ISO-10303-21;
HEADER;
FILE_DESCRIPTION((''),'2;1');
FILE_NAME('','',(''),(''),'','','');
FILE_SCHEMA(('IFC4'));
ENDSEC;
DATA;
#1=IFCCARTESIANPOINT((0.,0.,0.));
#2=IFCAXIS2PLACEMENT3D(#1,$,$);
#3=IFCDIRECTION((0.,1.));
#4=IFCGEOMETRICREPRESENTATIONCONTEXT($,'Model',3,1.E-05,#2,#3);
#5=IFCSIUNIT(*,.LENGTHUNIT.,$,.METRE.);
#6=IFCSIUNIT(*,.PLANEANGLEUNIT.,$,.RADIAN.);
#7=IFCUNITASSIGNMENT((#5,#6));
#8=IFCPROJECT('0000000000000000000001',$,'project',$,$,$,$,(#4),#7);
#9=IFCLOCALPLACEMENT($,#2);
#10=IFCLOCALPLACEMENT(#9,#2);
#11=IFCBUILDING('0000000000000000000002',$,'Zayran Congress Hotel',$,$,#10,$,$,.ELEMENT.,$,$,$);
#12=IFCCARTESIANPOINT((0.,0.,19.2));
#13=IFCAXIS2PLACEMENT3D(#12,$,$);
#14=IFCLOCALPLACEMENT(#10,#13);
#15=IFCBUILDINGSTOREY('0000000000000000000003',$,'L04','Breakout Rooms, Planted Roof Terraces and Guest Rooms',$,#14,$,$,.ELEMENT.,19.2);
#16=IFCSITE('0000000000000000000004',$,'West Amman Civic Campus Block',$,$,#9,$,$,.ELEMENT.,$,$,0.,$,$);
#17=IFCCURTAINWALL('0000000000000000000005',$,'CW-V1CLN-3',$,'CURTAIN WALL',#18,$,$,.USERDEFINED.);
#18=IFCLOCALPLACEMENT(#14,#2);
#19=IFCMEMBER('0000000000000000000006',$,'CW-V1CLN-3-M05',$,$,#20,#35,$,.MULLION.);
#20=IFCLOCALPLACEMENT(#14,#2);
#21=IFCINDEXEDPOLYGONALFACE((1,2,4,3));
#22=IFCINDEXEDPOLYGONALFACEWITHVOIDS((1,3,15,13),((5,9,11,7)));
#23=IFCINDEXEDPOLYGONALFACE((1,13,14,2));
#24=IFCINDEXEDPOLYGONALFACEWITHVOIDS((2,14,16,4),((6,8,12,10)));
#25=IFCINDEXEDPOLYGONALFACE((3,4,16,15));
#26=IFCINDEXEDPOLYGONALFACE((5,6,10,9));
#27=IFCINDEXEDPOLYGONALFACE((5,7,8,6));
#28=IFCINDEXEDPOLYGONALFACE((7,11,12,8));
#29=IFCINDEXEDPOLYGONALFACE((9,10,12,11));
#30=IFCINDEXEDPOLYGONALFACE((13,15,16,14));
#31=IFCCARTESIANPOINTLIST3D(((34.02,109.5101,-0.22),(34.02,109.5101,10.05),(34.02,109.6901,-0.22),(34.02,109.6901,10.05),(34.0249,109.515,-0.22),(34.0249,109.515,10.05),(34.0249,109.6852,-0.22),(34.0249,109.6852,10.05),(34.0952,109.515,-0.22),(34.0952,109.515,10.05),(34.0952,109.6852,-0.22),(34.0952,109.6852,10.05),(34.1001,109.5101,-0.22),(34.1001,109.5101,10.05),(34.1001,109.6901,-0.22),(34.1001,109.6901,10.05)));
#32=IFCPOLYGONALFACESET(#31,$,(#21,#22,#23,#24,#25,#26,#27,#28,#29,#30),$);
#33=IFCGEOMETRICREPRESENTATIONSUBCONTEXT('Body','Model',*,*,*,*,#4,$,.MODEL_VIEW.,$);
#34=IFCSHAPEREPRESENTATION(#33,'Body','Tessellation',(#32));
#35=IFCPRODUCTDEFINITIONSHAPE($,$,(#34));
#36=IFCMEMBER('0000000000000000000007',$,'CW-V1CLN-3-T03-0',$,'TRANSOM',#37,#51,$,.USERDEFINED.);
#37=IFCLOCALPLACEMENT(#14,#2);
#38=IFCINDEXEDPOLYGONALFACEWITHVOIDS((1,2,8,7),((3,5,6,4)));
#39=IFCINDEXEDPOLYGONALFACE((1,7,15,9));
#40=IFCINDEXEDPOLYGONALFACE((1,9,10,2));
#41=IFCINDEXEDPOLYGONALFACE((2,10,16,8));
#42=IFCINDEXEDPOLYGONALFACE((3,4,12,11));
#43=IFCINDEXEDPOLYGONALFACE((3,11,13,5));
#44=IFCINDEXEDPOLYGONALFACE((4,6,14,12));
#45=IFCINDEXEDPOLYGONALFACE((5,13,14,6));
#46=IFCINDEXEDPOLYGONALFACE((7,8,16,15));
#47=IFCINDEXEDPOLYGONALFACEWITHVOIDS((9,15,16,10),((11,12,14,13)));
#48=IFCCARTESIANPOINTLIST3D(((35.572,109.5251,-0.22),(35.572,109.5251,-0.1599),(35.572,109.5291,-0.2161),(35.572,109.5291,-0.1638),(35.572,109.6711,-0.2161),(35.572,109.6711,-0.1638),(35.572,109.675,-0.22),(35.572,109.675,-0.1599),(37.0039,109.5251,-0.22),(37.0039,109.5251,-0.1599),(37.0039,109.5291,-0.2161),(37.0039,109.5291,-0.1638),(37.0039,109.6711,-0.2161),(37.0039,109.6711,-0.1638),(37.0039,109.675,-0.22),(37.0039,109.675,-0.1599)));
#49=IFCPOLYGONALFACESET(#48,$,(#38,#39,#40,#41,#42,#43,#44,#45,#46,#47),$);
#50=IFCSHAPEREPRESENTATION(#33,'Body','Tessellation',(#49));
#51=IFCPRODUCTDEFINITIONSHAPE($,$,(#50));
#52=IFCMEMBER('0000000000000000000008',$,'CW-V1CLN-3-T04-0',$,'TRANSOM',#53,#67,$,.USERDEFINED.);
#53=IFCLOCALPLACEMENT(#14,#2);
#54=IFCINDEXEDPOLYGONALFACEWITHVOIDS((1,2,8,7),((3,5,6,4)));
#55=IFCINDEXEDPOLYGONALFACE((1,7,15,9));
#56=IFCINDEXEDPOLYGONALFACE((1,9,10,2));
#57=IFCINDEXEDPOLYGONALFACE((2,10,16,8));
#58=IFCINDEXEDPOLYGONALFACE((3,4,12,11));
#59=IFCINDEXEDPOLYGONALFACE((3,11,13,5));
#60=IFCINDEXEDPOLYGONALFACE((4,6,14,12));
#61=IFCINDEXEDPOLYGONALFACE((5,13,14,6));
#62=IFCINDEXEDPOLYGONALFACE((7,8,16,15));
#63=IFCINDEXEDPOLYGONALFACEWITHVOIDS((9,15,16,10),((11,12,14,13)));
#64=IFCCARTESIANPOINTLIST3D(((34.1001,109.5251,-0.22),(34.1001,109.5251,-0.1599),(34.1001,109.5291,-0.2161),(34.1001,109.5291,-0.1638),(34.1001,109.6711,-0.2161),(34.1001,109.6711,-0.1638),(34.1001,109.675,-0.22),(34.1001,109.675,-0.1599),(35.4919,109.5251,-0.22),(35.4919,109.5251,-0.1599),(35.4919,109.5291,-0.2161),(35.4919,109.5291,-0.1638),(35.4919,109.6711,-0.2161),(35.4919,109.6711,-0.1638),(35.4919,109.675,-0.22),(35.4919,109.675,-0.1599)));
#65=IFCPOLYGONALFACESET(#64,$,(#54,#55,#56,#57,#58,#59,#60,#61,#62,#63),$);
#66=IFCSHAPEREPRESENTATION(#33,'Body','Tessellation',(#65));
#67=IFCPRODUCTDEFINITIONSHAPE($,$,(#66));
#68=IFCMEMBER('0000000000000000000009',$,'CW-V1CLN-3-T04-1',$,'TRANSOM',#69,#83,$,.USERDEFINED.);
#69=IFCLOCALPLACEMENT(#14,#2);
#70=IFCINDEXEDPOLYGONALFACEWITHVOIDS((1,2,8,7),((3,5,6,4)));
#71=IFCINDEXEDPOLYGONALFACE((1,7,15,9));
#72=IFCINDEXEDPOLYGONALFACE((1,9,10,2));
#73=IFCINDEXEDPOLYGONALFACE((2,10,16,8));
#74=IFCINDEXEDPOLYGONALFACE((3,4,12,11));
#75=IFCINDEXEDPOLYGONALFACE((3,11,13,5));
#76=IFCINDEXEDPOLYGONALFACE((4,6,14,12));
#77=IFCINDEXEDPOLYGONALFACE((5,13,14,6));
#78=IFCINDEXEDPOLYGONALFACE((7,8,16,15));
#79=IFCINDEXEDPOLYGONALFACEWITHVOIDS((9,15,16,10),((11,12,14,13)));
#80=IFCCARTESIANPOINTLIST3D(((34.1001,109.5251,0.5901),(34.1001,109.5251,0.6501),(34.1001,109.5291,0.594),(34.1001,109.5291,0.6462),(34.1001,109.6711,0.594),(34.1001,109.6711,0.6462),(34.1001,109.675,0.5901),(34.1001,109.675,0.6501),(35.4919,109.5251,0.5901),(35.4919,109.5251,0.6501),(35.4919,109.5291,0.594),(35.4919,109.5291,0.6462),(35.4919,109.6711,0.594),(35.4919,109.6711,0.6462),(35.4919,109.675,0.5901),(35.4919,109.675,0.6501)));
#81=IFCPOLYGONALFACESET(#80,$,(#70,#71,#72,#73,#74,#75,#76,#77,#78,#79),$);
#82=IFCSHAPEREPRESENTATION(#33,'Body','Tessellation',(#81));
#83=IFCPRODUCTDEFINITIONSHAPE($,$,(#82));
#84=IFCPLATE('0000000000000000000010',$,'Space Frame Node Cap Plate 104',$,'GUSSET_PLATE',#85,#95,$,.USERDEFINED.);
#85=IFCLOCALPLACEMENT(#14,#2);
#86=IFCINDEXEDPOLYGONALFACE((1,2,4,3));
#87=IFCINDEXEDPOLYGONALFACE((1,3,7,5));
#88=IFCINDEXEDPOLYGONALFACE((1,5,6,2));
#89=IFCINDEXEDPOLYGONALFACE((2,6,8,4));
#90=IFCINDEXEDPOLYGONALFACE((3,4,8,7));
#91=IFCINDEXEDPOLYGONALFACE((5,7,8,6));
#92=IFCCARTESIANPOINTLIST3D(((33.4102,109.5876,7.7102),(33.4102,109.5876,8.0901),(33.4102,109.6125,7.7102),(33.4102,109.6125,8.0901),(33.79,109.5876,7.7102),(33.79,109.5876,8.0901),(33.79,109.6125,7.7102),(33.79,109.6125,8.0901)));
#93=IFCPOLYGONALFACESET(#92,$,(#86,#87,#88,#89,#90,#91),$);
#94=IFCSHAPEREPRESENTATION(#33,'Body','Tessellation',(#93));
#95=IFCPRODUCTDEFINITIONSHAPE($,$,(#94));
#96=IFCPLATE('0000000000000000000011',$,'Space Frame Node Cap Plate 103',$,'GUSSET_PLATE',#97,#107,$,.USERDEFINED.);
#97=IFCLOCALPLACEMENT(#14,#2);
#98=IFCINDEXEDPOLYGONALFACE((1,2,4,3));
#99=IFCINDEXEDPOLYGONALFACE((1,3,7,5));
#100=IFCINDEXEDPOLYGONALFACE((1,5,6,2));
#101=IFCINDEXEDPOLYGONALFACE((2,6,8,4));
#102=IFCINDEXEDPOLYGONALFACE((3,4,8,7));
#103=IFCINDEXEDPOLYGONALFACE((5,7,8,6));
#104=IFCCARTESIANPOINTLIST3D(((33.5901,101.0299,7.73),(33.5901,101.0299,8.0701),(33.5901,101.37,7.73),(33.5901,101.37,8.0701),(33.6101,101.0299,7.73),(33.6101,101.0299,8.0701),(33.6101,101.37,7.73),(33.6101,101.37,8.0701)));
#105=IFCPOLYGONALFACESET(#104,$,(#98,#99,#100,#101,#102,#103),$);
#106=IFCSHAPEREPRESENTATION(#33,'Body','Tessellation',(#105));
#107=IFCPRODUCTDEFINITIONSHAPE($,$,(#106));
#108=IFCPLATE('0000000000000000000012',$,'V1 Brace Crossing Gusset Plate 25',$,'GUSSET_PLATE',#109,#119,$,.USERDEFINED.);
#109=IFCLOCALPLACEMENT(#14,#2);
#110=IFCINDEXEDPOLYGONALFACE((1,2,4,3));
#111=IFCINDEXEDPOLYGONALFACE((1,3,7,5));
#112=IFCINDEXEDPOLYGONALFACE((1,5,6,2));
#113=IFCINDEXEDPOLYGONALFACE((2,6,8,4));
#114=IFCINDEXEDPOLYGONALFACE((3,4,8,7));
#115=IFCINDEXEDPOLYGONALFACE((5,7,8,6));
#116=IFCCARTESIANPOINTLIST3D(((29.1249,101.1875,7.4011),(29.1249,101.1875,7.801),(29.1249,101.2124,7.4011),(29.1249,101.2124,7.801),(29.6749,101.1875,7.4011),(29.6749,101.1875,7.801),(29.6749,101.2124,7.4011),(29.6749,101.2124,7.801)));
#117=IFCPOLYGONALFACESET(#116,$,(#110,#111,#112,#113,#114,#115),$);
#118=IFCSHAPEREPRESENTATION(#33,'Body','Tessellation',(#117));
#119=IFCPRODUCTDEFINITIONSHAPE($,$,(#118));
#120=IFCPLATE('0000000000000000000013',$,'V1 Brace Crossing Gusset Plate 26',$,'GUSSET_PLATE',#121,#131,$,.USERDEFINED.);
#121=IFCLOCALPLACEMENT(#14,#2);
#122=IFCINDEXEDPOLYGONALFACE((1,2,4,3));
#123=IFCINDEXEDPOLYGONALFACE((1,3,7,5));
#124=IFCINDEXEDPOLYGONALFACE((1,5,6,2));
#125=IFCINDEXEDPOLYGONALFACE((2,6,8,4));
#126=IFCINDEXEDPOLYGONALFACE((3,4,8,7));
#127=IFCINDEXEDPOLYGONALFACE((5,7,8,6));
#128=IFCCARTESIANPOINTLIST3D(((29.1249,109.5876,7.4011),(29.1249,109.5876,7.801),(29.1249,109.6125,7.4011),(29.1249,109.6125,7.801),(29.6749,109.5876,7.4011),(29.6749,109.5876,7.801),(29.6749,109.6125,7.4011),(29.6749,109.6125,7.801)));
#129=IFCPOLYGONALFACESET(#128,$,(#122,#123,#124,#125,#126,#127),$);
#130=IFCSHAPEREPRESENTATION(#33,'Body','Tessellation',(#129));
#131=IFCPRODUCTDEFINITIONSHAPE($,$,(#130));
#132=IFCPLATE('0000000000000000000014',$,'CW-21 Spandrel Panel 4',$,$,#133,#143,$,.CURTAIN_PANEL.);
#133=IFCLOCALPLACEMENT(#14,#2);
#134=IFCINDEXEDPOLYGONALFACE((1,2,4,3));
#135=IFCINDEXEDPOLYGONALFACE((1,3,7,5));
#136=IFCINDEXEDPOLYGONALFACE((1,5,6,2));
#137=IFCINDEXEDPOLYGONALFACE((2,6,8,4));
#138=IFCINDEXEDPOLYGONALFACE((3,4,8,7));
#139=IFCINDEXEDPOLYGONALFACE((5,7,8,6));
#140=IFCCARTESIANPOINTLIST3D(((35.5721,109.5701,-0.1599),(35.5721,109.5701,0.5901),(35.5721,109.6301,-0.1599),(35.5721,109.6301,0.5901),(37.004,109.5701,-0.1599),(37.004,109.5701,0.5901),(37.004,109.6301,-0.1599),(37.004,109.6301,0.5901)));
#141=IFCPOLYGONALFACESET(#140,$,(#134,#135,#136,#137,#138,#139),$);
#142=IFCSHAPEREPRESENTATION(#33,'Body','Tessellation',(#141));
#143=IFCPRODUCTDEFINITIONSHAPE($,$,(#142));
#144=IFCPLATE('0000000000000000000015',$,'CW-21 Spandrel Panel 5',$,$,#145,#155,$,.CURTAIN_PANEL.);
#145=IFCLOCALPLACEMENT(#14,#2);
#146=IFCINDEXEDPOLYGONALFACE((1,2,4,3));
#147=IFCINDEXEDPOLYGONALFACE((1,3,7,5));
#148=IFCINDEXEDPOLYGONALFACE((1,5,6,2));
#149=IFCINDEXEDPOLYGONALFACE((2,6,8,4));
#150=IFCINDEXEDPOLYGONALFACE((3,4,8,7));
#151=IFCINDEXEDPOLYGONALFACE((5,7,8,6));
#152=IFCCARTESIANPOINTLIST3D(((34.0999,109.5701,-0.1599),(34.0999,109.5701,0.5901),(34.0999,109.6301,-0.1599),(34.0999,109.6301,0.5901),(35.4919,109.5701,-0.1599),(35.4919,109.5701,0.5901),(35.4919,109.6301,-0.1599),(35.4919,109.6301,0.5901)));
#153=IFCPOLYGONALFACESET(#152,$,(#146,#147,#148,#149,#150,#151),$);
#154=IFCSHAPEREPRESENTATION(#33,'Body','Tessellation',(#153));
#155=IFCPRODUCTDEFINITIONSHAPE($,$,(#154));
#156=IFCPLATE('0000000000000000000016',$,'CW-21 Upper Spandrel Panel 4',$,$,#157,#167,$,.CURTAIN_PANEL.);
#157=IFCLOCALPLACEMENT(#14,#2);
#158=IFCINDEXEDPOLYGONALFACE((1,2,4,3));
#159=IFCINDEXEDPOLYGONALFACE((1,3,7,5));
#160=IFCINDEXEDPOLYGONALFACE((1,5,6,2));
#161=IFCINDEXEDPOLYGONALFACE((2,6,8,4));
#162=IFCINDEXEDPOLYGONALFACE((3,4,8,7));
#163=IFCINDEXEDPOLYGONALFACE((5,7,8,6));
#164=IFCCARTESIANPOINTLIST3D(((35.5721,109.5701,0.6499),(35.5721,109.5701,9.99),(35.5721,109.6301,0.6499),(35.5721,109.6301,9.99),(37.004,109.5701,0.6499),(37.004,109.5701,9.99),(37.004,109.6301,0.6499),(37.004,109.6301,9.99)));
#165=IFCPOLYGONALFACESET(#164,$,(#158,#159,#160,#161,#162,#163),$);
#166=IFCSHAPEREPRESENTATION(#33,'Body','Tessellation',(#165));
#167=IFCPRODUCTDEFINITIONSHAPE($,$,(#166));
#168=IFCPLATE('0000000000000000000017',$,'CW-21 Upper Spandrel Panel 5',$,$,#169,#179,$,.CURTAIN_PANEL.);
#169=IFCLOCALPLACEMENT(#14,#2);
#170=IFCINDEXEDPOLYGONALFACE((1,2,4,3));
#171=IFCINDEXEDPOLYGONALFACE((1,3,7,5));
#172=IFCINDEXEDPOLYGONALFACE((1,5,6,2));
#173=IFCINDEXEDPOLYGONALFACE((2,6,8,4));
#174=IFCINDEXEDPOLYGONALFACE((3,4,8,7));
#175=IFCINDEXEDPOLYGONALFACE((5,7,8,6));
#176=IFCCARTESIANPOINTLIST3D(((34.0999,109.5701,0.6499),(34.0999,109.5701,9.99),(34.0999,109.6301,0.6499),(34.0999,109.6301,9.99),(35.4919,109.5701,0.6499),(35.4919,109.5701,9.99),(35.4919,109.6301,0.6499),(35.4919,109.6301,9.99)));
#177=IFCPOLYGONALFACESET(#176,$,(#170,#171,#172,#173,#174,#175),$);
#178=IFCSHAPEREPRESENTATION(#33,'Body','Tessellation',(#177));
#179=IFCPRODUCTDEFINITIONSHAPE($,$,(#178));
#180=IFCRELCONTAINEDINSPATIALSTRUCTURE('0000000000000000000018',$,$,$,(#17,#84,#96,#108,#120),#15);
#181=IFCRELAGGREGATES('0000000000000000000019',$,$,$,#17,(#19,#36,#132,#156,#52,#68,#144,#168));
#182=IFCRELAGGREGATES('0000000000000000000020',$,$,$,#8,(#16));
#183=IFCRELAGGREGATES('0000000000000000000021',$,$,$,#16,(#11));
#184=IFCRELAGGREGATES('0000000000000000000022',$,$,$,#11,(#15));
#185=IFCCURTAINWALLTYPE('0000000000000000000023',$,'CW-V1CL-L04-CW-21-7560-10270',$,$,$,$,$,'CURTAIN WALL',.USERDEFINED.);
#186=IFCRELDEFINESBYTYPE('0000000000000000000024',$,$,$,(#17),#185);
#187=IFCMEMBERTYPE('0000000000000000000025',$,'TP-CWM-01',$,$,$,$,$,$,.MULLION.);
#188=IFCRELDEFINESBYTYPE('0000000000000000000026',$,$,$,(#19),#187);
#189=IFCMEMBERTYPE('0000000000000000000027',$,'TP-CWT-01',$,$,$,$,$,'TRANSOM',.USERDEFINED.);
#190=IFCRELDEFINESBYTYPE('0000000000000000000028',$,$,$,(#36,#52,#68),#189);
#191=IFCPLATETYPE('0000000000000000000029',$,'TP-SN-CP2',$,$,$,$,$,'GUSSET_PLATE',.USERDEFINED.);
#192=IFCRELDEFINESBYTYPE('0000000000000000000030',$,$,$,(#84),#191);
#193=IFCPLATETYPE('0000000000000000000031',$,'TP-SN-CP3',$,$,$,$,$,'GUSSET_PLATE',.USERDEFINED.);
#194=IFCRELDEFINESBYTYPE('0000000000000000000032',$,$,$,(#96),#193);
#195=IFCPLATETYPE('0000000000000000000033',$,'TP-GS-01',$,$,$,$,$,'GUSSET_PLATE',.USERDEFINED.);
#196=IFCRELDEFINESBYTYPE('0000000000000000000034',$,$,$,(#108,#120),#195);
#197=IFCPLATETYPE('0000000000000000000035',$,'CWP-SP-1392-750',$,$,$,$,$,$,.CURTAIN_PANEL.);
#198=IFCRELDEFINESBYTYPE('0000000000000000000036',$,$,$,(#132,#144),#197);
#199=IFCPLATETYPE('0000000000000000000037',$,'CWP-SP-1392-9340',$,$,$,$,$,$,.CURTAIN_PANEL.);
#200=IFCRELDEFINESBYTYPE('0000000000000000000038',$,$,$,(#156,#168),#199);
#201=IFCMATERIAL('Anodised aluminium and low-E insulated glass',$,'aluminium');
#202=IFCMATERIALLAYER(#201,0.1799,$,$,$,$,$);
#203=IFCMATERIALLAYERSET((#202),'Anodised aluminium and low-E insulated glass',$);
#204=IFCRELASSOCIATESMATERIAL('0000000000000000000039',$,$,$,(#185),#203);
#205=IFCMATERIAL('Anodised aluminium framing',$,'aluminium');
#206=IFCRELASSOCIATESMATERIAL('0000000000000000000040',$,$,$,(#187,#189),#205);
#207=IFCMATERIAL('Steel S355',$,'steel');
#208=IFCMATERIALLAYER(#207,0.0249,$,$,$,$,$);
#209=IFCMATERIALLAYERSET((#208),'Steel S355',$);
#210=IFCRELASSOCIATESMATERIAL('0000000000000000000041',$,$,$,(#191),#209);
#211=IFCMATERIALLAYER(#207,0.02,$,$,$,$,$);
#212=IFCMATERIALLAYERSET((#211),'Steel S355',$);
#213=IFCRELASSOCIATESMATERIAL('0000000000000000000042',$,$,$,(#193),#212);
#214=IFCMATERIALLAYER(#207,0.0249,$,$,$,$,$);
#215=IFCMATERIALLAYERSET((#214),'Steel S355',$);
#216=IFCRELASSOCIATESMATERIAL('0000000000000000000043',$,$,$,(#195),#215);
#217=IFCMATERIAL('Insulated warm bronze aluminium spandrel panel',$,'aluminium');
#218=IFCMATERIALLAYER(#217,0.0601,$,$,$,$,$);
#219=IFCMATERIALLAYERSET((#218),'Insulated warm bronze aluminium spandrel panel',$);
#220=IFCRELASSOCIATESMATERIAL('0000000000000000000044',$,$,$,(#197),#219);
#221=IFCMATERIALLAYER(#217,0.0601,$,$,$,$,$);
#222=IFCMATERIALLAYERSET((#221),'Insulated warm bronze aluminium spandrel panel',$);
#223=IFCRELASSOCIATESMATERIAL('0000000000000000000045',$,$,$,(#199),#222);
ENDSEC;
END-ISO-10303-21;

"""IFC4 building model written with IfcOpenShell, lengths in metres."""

from ifc_helpers import new_model, si_unit, direction, frame, origin, origin_2d, place, context, subcontext, project, spatial, rectangle, hollow_rectangle, extrude, material, layer, layer_set, material_profile, profile_set, type_object, element, aggregate, save


model = new_model("IFC4")

# Units and contexts
model_context = context("Model", 3, precision=1e-05, world=origin(), true_north=direction((0.0, 1.0)))
body_context = subcontext(model_context, "Body", "Model", "MODEL_VIEW")
ifc_project = project(units=[si_unit("LENGTHUNIT", "METRE"), si_unit("PLANEANGLEUNIT", "RADIAN")], contexts=[model_context])

# Site, building, storey
site_placement = place(None, origin())
site = spatial("IfcSite", under=ifc_project, at=site_placement, Name="West Amman Civic Campus Block", CompositionType="ELEMENT", RefElevation=0.0)
building_placement = place(site_placement, origin())
building = spatial("IfcBuilding", under=site, at=building_placement, Name="Zayran Congress Hotel", CompositionType="ELEMENT")
storey_placement = place(building_placement, frame((0.0, 0.0, 19.2)))
storey = spatial("IfcBuildingStorey", under=building, at=storey_placement, Name="L04", Description="Breakout Rooms, Planted Roof Terraces and Guest Rooms", CompositionType="ELEMENT", Elevation=19.2)

# Shared definitions
ifc_material_1 = material(Name="Steel S355", Category="steel")

# Curtain wall, members
ifc_material_2 = material(Name="Anodised aluminium and low-E insulated glass", Category="aluminium")
ifc_layer_1 = layer(ifc_material_2, 0.1799)
ifc_layer_set_1 = layer_set([ifc_layer_1], Name="Anodised aluminium and low-E insulated glass")
curtain_wall_type = type_object("IfcCurtainWallType", Name="CW-V1CL-L04-CW-21-7560-10270", ElementType="CURTAIN WALL", PredefinedType="USERDEFINED", material=ifc_layer_set_1)
curtain_wall_placement = place(storey_placement, origin())
curtain_wall = element("IfcCurtainWall", 1, at=curtain_wall_placement, inside=storey, type_object=curtain_wall_type, Name="CW-V1CLN-3", ObjectType="CURTAIN WALL", PredefinedType="USERDEFINED")
ifc_material_3 = material(Name="Anodised aluminium framing", Category="aluminium")
ifc_material_profile_1 = material_profile(ifc_material_3, hollow_rectangle(XDim=0.0801, YDim=0.1799, WallThickness=0.0049, at=origin_2d()), Name="RHS 180x80x5")
ifc_profile_set_1 = profile_set([ifc_material_profile_1], Name="Anodised aluminium framing")
member_type_1 = type_object("IfcMemberType", Name="TP-CWM-01", PredefinedType="MULLION", material=ifc_profile_set_1)
member_1_placement = place(storey_placement, frame((34.0601, 109.6001, -0.22), z_axis=(0.0, 0.0, 1.0), x_axis=(1.0, 0.0, 0.0)))
member_1 = element("IfcMember", 2, at=member_1_placement, type_object=member_type_1, Name="CW-V1CLN-3-M05", PredefinedType="MULLION", context=body_context, shape_type="SweptSolid", body=[
    extrude(hollow_rectangle(XDim=0.0801, YDim=0.1799, WallThickness=0.0049, at=origin_2d()), origin(), (0.0, 0.0, 1.0), 10.27),
])
ifc_material_profile_2 = material_profile(ifc_material_3, hollow_rectangle(XDim=0.0601, YDim=0.1499, WallThickness=0.0039, at=origin_2d()), Name="RHS 150x60x4")
ifc_profile_set_2 = profile_set([ifc_material_profile_2], Name="Anodised aluminium framing")
member_type_2 = type_object("IfcMemberType", Name="TP-CWT-01", ElementType="TRANSOM", PredefinedType="USERDEFINED", material=ifc_profile_set_2)
member_2_placement = place(storey_placement, frame((37.0039, 109.6001, -0.1899), z_axis=(-1.0, 0.0, 0.0), x_axis=(0.0, 0.0, 1.0)))
member_2 = element("IfcMember", 3, at=member_2_placement, type_object=member_type_2, Name="CW-V1CLN-3-T03-0", ObjectType="TRANSOM", PredefinedType="USERDEFINED", context=body_context, shape_type="SweptSolid", body=[
    extrude(hollow_rectangle(XDim=0.0601, YDim=0.1499, WallThickness=0.0039, at=origin_2d()), origin(), (0.0, 0.0, 1.0), 1.4319),
])
member_3_placement = place(storey_placement, frame((35.4919, 109.6001, -0.1899), z_axis=(-1.0, 0.0, 0.0), x_axis=(0.0, 0.0, 1.0)))
member_3 = element("IfcMember", 4, at=member_3_placement, type_object=member_type_2, Name="CW-V1CLN-3-T04-0", ObjectType="TRANSOM", PredefinedType="USERDEFINED", context=body_context, shape_type="SweptSolid", body=[
    extrude(hollow_rectangle(XDim=0.0601, YDim=0.1499, WallThickness=0.0039, at=origin_2d()), origin(), (0.0, 0.0, 1.0), 1.3918),
])
member_4_placement = place(storey_placement, frame((35.4919, 109.6001, 0.6201), z_axis=(-1.0, 0.0, 0.0), x_axis=(0.0, 0.0, 1.0)))
member_4 = element("IfcMember", 5, at=member_4_placement, type_object=member_type_2, Name="CW-V1CLN-3-T04-1", ObjectType="TRANSOM", PredefinedType="USERDEFINED", context=body_context, shape_type="SweptSolid", body=[
    extrude(hollow_rectangle(XDim=0.0601, YDim=0.1499, WallThickness=0.0039, at=origin_2d()), origin(), (0.0, 0.0, 1.0), 1.3918),
])

# Plates
ifc_layer_2 = layer(ifc_material_1, 0.0249)
ifc_layer_set_2 = layer_set([ifc_layer_2], Name="Steel S355")
plate_type_1 = type_object("IfcPlateType", Name="TP-SN-CP2", ElementType="GUSSET_PLATE", PredefinedType="USERDEFINED", material=ifc_layer_set_2)
plate_1_placement = place(storey_placement, frame((33.6001, 109.6001, 7.7102), z_axis=(0.0, 0.0, 1.0), x_axis=(1.0, 0.0, 0.0)))
element("IfcPlate", 6, at=plate_1_placement, inside=storey, type_object=plate_type_1, Name="Space Frame Node Cap Plate 104", ObjectType="GUSSET_PLATE", PredefinedType="USERDEFINED", context=body_context, shape_type="SweptSolid", body=[
    extrude(rectangle(XDim=0.3799, YDim=0.0249, at=origin_2d()), origin(), (0.0, 0.0, 1.0), 0.3799),
])
ifc_layer_3 = layer(ifc_material_1, 0.02)
ifc_layer_set_3 = layer_set([ifc_layer_3], Name="Steel S355")
plate_type_2 = type_object("IfcPlateType", Name="TP-SN-CP3", ElementType="GUSSET_PLATE", PredefinedType="USERDEFINED", material=ifc_layer_set_3)
plate_2_placement = place(storey_placement, frame((33.6001, 101.2, 7.73), z_axis=(0.0, 0.0, 1.0), x_axis=(0.0, 1.0, 0.0)))
element("IfcPlate", 7, at=plate_2_placement, inside=storey, type_object=plate_type_2, Name="Space Frame Node Cap Plate 103", ObjectType="GUSSET_PLATE", PredefinedType="USERDEFINED", context=body_context, shape_type="SweptSolid", body=[
    extrude(rectangle(XDim=0.3401, YDim=0.02, at=origin_2d()), origin(), (0.0, 0.0, 1.0), 0.3401),
])
ifc_layer_4 = layer(ifc_material_1, 0.0249)
ifc_layer_set_4 = layer_set([ifc_layer_4], Name="Steel S355")
plate_type_3 = type_object("IfcPlateType", Name="TP-GS-01", ElementType="GUSSET_PLATE", PredefinedType="USERDEFINED", material=ifc_layer_set_4)
for number, where, z_axis, x_axis, name in (
    (8, (29.3999, 101.2, 7.4011), (0.0, 0.0, 1.0), (1.0, 0.0, 0.0), "V1 Brace Crossing Gusset Plate 25"),
    (9, (29.3999, 109.6001, 7.4011), (0.0, 0.0, 1.0), (1.0, 0.0, 0.0), "V1 Brace Crossing Gusset Plate 26"),
):
    element("IfcPlate", number, at=place(storey_placement, frame(where, z_axis=z_axis, x_axis=x_axis)), inside=storey, type_object=plate_type_3, Name=name, ObjectType="GUSSET_PLATE", PredefinedType="USERDEFINED", context=body_context, shape_type="SweptSolid", body=[
        extrude(rectangle(XDim=0.55, YDim=0.0249, at=origin_2d()), origin(), (0.0, 0.0, 1.0), 0.3999),
    ])

# Plates
ifc_material_4 = material(Name="Insulated warm bronze aluminium spandrel panel", Category="aluminium")
ifc_layer_5 = layer(ifc_material_4, 0.0601)
ifc_layer_set_5 = layer_set([ifc_layer_5], Name="Insulated warm bronze aluminium spandrel panel")
plate_type_4 = type_object("IfcPlateType", Name="CWP-SP-1392-750", PredefinedType="CURTAIN_PANEL", material=ifc_layer_set_5)
plate_3_placement = place(storey_placement, frame((36.2881, 109.6001, -0.1599), z_axis=(0.0, 0.0, 1.0), x_axis=(1.0, 0.0, 0.0)))
plate_3 = element("IfcPlate", 10, at=plate_3_placement, type_object=plate_type_4, Name="CW-21 Spandrel Panel 4", PredefinedType="CURTAIN_PANEL", context=body_context, shape_type="SweptSolid", body=[
    extrude(rectangle(XDim=1.4319, YDim=0.0601, at=origin_2d()), origin(), (0.0, 0.0, 1.0), 0.75),
])
plate_4_placement = place(storey_placement, frame((34.7959, 109.6001, -0.1599), z_axis=(0.0, 0.0, 1.0), x_axis=(1.0, 0.0, 0.0)))
plate_4 = element("IfcPlate", 11, at=plate_4_placement, type_object=plate_type_4, Name="CW-21 Spandrel Panel 5", PredefinedType="CURTAIN_PANEL", context=body_context, shape_type="SweptSolid", body=[
    extrude(rectangle(XDim=1.3921, YDim=0.0601, at=origin_2d()), origin(), (0.0, 0.0, 1.0), 0.75),
])
ifc_layer_6 = layer(ifc_material_4, 0.0601)
ifc_layer_set_6 = layer_set([ifc_layer_6], Name="Insulated warm bronze aluminium spandrel panel")
plate_type_5 = type_object("IfcPlateType", Name="CWP-SP-1392-9340", PredefinedType="CURTAIN_PANEL", material=ifc_layer_set_6)
plate_5_placement = place(storey_placement, frame((36.2881, 109.6001, 0.6499), z_axis=(0.0, 0.0, 1.0), x_axis=(1.0, 0.0, 0.0)))
plate_5 = element("IfcPlate", 12, at=plate_5_placement, type_object=plate_type_5, Name="CW-21 Upper Spandrel Panel 4", PredefinedType="CURTAIN_PANEL", context=body_context, shape_type="SweptSolid", body=[
    extrude(rectangle(XDim=1.4319, YDim=0.0601, at=origin_2d()), origin(), (0.0, 0.0, 1.0), 9.3401),
])
plate_6_placement = place(storey_placement, frame((34.7959, 109.6001, 0.6499), z_axis=(0.0, 0.0, 1.0), x_axis=(1.0, 0.0, 0.0)))
plate_6 = element("IfcPlate", 13, at=plate_6_placement, type_object=plate_type_5, Name="CW-21 Upper Spandrel Panel 5", PredefinedType="CURTAIN_PANEL", context=body_context, shape_type="SweptSolid", body=[
    extrude(rectangle(XDim=1.3921, YDim=0.0601, at=origin_2d()), origin(), (0.0, 0.0, 1.0), 9.3401),
])
aggregate(curtain_wall, [member_1, member_2, plate_3, plate_5, member_3, member_4, plate_4, plate_6])

save(model, "model.ifc")
